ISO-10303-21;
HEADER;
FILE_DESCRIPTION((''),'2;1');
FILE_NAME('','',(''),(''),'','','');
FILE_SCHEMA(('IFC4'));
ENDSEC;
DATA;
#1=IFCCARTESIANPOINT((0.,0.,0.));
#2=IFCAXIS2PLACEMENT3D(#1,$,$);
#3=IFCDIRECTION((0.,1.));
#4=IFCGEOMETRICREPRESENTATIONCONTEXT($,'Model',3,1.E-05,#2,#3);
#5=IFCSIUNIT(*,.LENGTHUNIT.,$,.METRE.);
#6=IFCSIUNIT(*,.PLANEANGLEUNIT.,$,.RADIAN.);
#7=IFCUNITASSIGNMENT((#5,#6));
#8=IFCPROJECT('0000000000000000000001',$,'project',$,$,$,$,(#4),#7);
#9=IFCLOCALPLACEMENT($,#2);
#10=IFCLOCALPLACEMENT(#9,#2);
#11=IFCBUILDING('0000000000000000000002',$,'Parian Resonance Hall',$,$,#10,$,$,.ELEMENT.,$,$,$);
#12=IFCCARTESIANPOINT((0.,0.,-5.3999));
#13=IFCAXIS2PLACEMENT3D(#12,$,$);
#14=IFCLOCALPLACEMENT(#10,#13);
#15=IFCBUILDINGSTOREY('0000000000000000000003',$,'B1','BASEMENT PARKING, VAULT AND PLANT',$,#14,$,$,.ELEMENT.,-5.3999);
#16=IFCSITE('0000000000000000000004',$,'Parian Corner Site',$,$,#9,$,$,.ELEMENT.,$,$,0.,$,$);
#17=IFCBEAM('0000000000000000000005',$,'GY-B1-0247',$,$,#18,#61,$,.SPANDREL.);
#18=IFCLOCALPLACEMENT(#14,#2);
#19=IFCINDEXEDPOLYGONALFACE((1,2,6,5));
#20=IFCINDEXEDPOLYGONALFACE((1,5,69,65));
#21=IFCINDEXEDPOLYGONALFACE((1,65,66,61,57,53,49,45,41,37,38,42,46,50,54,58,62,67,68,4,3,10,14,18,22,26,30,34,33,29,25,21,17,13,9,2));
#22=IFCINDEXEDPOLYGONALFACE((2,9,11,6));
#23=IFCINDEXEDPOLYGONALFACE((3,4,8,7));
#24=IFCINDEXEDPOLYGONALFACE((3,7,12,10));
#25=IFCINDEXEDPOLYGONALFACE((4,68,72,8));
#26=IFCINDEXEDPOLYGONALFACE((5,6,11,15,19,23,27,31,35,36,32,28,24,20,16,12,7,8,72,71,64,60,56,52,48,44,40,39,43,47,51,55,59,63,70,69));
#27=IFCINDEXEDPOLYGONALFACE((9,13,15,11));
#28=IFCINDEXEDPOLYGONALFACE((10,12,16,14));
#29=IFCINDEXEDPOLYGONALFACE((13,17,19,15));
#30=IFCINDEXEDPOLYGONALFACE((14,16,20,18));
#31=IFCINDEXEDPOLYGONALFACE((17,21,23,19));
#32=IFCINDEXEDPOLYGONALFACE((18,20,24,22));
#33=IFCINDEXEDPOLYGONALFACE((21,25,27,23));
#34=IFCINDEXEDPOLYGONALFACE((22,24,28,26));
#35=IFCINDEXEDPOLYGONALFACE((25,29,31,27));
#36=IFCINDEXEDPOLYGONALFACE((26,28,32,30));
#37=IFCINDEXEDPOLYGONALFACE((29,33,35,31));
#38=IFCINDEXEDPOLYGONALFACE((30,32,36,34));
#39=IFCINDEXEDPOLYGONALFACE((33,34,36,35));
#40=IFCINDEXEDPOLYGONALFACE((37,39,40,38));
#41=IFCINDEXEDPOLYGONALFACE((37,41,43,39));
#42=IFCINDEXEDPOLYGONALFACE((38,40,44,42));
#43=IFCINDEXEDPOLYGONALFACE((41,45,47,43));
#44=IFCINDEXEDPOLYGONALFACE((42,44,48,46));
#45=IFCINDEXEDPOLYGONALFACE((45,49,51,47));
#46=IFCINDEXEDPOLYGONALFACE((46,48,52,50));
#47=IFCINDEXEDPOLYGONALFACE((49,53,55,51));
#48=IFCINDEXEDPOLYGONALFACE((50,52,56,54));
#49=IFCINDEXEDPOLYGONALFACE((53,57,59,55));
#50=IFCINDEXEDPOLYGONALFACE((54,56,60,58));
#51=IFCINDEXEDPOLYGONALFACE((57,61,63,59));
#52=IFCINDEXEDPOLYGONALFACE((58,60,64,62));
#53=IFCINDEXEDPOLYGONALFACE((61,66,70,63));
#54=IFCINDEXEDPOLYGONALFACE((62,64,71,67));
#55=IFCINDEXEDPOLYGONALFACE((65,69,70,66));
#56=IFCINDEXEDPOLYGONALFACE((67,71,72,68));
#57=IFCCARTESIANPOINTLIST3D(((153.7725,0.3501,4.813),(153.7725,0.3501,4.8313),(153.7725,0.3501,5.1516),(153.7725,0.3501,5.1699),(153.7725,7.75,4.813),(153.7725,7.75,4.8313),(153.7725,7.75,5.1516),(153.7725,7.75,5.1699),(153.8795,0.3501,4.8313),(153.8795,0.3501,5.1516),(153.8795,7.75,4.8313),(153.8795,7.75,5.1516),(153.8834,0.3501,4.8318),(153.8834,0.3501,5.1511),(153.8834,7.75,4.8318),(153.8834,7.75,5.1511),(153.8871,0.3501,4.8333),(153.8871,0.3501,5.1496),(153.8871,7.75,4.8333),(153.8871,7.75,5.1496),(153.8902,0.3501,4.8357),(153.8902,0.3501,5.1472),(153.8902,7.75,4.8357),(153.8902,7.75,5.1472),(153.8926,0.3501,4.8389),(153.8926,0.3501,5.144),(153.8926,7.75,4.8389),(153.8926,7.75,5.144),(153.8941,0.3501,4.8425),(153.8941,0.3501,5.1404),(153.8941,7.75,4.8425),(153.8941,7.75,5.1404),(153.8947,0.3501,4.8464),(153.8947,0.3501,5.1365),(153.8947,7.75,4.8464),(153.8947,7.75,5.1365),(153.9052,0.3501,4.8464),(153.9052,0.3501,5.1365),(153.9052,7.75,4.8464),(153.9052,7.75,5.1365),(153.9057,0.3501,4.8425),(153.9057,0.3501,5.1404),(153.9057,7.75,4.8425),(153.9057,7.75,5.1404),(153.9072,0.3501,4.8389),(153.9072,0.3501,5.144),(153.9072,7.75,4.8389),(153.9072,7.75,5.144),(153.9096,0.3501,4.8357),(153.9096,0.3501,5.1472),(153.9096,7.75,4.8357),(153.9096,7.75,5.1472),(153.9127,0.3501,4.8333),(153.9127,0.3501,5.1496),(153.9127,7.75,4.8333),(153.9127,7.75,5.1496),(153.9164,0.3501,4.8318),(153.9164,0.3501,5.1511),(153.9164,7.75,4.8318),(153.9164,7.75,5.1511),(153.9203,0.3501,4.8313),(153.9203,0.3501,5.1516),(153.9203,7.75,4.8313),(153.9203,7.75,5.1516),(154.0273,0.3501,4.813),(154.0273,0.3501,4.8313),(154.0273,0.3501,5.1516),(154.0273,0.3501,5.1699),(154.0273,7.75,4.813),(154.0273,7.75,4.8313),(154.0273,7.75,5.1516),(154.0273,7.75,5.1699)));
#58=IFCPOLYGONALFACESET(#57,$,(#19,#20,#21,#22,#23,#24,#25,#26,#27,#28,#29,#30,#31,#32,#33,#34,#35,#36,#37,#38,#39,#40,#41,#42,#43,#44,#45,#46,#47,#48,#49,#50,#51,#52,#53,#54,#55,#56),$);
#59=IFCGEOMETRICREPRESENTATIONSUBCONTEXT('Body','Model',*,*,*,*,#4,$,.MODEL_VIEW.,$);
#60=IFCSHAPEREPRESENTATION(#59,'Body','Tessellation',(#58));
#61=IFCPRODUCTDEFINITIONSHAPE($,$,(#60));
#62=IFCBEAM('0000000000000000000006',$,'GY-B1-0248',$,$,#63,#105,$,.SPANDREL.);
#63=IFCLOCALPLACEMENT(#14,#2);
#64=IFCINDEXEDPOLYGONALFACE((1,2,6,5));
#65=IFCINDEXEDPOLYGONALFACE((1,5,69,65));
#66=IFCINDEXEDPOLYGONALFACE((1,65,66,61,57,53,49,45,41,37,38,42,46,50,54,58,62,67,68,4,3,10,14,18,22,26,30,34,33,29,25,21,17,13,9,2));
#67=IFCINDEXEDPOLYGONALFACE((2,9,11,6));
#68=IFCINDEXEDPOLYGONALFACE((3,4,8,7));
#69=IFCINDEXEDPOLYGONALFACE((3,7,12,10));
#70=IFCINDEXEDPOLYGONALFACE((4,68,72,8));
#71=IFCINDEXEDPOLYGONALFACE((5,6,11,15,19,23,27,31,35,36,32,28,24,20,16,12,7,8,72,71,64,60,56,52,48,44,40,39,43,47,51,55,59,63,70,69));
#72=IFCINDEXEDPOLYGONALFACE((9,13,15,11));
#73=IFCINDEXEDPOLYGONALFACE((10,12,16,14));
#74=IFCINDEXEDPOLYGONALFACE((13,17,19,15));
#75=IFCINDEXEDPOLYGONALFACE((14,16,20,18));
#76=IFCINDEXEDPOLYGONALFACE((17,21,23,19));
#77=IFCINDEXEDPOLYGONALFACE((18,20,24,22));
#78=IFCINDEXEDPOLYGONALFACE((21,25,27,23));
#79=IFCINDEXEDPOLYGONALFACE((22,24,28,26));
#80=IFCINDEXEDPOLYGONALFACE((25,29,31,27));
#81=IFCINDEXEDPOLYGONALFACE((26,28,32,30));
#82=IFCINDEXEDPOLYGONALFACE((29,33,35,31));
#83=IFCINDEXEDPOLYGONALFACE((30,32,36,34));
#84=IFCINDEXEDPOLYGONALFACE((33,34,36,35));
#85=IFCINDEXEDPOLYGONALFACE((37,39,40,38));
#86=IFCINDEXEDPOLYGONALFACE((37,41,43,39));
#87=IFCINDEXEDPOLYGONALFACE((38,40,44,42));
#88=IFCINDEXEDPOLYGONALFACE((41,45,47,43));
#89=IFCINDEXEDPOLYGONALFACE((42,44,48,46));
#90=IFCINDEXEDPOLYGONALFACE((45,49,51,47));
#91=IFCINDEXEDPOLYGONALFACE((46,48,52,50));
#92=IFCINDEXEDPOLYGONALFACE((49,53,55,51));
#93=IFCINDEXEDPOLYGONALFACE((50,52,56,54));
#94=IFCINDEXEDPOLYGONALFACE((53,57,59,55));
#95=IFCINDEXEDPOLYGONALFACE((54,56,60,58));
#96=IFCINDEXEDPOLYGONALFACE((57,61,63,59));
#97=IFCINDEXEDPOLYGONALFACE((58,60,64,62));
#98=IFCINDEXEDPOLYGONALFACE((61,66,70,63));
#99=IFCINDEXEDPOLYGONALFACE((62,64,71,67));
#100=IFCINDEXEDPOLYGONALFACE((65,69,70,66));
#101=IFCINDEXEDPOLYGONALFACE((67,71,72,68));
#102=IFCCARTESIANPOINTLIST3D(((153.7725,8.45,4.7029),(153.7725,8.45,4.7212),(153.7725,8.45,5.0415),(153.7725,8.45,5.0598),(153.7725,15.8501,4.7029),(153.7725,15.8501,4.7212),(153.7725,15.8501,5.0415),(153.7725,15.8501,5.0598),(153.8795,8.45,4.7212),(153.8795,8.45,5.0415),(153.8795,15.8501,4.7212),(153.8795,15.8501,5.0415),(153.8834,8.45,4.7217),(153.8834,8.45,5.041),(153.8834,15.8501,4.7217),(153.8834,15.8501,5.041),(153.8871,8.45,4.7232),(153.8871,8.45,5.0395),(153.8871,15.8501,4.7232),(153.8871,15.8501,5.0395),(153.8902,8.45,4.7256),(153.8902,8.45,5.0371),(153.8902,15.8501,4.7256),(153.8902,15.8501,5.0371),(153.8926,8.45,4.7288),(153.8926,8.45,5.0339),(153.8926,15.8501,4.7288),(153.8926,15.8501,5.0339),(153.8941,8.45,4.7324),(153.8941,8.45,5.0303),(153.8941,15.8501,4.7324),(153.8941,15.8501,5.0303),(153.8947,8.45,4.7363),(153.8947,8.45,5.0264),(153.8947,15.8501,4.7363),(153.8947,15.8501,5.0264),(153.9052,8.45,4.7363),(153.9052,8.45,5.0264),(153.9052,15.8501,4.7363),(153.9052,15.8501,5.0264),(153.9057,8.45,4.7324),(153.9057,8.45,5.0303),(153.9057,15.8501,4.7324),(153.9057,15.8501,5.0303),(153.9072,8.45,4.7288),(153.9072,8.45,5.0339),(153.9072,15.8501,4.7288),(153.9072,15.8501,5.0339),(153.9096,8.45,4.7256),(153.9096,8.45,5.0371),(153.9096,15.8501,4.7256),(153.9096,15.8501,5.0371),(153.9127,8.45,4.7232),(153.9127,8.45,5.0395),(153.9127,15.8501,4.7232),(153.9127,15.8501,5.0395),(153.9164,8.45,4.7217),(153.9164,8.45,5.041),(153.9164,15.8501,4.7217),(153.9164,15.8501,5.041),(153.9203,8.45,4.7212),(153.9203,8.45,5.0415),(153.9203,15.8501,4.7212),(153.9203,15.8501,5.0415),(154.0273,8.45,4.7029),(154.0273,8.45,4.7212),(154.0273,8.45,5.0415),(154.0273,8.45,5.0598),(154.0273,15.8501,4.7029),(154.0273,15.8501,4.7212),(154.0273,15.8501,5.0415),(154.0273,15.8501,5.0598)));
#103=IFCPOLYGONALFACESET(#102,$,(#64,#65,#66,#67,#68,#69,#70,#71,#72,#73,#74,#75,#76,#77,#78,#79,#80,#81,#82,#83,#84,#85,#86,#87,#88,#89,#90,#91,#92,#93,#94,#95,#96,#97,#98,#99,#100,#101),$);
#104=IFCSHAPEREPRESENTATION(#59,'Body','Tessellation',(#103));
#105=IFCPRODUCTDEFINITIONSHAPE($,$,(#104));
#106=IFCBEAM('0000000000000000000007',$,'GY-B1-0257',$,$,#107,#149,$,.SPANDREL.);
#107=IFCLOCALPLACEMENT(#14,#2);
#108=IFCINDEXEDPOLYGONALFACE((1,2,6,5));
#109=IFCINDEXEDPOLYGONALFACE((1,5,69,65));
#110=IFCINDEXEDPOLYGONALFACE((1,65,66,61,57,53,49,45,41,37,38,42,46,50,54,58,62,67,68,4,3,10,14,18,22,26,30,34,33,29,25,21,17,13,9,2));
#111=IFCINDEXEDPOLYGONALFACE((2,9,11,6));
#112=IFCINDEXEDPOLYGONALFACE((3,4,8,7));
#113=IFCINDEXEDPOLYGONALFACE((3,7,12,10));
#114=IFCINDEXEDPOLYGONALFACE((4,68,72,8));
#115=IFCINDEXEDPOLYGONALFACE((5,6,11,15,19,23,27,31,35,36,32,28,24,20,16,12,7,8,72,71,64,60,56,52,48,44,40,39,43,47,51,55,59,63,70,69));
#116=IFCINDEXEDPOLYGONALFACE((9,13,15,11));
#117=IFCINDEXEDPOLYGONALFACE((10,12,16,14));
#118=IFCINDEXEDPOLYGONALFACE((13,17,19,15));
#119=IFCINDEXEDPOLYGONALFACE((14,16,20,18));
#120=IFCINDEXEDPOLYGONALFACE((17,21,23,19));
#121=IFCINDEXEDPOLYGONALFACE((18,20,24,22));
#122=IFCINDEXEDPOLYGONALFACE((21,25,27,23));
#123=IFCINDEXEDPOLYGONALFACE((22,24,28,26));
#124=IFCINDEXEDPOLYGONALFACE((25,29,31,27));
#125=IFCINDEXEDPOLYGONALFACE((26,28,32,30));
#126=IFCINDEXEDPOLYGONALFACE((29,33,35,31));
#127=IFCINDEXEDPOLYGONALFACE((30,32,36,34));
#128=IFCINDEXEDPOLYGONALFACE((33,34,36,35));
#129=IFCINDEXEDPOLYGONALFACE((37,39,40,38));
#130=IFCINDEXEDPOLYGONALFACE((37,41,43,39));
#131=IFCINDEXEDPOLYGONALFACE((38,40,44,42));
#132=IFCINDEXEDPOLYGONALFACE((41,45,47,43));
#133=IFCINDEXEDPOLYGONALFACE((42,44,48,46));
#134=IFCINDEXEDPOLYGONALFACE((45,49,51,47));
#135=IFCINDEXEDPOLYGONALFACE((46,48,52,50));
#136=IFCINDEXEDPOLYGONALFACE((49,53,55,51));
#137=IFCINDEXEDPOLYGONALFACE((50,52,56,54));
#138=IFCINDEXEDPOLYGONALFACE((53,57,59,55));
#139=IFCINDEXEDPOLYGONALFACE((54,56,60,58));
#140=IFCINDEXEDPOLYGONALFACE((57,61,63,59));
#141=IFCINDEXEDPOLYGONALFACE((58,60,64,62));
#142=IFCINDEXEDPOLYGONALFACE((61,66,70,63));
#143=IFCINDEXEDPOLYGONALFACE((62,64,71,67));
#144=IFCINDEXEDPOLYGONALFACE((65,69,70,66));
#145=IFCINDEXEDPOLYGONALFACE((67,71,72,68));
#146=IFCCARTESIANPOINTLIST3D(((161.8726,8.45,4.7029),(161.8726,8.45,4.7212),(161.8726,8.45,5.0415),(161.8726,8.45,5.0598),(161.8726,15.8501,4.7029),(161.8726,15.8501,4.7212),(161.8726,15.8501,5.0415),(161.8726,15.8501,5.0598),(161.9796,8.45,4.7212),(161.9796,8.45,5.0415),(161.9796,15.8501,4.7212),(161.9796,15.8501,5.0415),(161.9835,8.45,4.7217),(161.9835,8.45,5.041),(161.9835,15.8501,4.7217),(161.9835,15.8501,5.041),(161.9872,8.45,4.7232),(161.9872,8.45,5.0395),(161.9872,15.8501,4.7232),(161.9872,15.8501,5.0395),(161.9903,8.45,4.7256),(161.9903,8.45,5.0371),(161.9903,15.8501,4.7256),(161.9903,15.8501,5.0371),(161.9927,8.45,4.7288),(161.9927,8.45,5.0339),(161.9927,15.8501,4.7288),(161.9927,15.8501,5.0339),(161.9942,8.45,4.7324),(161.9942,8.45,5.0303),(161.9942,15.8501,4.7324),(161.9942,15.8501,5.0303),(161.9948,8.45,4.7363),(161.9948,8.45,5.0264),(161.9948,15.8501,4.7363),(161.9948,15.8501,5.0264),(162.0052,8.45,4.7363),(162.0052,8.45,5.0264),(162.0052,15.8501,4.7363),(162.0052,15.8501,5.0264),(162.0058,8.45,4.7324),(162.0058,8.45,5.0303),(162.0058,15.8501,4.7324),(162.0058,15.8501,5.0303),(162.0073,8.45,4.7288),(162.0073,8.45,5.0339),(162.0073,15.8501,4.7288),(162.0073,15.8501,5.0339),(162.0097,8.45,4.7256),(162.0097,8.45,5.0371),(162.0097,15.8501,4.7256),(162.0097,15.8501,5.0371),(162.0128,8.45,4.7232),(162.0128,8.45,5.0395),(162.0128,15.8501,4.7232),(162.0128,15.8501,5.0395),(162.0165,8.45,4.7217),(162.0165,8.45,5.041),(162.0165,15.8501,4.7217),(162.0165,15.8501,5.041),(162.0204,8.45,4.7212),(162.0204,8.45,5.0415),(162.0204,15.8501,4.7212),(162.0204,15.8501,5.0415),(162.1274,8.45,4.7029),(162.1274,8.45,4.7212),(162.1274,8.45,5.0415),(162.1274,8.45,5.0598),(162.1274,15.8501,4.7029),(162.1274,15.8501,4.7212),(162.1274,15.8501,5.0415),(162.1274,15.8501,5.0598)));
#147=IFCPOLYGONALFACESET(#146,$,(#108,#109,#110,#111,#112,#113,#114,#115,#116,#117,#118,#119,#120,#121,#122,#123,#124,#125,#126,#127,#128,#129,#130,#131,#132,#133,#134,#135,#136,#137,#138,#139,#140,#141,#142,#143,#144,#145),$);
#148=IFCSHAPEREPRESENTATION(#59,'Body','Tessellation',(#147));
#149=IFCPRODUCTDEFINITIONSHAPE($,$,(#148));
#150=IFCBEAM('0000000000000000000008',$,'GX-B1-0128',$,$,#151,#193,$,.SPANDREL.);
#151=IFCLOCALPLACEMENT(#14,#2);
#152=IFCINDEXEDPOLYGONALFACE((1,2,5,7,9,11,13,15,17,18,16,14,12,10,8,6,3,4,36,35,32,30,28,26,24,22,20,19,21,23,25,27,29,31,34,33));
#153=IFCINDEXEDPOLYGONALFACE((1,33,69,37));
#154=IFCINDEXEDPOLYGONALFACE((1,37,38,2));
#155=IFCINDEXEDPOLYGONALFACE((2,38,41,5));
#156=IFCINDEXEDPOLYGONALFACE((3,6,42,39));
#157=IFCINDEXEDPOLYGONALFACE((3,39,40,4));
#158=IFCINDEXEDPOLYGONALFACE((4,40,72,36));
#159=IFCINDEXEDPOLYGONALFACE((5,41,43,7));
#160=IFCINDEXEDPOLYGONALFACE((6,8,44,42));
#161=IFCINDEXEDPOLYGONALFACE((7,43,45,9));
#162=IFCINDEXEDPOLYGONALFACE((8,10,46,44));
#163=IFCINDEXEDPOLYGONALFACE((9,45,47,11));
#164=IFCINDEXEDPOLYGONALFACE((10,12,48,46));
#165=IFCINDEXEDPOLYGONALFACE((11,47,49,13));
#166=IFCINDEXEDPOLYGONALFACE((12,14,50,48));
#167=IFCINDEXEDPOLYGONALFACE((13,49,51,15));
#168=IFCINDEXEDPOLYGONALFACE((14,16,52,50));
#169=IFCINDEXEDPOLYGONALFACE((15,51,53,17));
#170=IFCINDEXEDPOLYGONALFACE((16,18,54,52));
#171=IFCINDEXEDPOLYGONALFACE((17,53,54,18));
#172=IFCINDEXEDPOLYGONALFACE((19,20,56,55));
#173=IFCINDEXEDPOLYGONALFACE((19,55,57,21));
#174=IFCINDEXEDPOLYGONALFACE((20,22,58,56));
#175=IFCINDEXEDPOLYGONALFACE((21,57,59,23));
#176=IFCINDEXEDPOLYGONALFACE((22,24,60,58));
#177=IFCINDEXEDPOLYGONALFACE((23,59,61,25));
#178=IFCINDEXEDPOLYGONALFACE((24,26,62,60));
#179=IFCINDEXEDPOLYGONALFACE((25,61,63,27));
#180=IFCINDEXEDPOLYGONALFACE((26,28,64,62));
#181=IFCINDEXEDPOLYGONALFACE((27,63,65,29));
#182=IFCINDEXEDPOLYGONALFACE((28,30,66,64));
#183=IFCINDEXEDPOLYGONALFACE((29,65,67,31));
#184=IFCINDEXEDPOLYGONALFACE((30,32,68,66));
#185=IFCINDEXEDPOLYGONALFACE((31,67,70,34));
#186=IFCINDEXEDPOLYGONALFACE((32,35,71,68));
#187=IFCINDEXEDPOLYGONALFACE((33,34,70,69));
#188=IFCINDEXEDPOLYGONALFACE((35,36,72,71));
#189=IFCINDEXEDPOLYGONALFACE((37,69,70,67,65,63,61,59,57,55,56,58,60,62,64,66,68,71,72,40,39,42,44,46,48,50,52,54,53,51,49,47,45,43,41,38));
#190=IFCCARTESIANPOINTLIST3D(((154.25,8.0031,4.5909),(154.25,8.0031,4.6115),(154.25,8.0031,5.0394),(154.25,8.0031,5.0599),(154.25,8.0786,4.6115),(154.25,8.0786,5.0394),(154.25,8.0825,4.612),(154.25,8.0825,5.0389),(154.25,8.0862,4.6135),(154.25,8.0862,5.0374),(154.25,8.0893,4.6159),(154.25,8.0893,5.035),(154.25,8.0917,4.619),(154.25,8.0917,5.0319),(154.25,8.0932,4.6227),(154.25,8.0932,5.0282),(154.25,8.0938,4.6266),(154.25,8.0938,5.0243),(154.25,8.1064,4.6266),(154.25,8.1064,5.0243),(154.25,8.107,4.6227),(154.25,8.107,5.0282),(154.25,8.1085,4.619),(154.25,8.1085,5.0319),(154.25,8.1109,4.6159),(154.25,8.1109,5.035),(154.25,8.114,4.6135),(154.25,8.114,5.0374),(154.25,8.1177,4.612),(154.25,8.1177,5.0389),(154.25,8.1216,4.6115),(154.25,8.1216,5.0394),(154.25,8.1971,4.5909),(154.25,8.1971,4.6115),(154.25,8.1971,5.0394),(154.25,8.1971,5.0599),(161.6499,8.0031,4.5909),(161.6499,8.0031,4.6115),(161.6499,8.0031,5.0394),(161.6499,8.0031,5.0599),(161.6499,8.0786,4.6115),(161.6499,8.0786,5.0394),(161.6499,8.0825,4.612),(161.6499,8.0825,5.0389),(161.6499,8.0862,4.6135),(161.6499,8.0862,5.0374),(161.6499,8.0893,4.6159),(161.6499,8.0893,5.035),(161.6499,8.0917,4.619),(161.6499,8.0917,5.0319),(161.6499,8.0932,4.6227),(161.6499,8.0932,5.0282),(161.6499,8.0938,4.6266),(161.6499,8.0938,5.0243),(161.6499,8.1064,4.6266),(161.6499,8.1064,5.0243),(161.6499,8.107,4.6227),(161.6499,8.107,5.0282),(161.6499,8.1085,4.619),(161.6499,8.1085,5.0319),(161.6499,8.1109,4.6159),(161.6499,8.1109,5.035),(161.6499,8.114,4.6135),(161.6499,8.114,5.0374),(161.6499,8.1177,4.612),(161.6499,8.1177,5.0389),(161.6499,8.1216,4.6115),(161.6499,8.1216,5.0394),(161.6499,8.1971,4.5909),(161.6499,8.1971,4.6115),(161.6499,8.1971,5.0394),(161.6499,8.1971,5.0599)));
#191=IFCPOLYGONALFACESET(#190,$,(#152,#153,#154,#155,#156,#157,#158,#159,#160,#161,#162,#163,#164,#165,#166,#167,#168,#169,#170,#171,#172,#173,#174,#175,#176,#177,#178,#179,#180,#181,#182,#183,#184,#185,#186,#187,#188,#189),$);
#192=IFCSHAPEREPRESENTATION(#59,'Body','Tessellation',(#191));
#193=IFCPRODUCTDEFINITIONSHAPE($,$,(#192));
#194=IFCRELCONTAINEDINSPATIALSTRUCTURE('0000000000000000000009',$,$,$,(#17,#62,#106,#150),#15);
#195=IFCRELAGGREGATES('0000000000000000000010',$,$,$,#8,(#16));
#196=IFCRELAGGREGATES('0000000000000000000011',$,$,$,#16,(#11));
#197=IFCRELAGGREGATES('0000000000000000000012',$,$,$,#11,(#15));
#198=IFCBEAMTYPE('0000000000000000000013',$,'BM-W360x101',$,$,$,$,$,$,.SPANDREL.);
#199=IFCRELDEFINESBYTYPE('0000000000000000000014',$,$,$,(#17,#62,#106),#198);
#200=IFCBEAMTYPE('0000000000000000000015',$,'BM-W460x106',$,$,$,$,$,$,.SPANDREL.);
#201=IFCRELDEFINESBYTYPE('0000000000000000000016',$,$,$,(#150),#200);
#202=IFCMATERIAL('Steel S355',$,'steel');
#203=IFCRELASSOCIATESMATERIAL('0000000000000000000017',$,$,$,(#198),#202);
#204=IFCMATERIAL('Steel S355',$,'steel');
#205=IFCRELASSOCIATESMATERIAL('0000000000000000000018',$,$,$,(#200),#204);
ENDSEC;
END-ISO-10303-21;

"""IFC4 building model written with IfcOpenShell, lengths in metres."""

from ifc_helpers import new_model, si_unit, direction, frame, origin, origin_2d, place, context, subcontext, project, spatial, i_section, extrude, material, material_profile, profile_set, type_object, element, save


model = new_model("IFC4")

# Units and contexts
model_context = context("Model", 3, precision=1e-05, world=origin(), true_north=direction((0.0, 1.0)))
body_context = subcontext(model_context, "Body", "Model", "MODEL_VIEW")
ifc_project = project(units=[si_unit("LENGTHUNIT", "METRE"), si_unit("PLANEANGLEUNIT", "RADIAN")], contexts=[model_context])

# Site, building, storey
site_placement = place(None, origin())
site = spatial("IfcSite", under=ifc_project, at=site_placement, Name="Parian Corner Site", CompositionType="ELEMENT", RefElevation=0.0)
building_placement = place(site_placement, origin())
building = spatial("IfcBuilding", under=site, at=building_placement, Name="Parian Resonance Hall", CompositionType="ELEMENT")
storey_placement = place(building_placement, frame((0.0, 0.0, -5.3999)))
storey = spatial("IfcBuildingStorey", under=building, at=storey_placement, Name="B1", Description="BASEMENT PARKING, VAULT AND PLANT", CompositionType="ELEMENT", Elevation=-5.3999)

# Beams
ifc_material_1 = material(Name="Steel S355", Category="steel")
ifc_material_profile_1 = material_profile(ifc_material_1, i_section(OverallWidth=0.2549, OverallDepth=0.3569, WebThickness=0.0105, FlangeThickness=0.0183, FilletRadius=0.0151, at=origin_2d()), Name="W360x101")
ifc_profile_set_1 = profile_set([ifc_material_profile_1], Name="Steel S355")
beam_type_1 = type_object("IfcBeamType", Name="BM-W360x101", PredefinedType="SPANDREL", material=ifc_profile_set_1)
beam_1_placement = place(storey_placement, frame((153.8999, 0.3501, 4.9915), z_axis=(0.0, 1.0, 0.0), x_axis=(-1.0, 0.0, 0.0)))
element("IfcBeam", 1, at=beam_1_placement, inside=storey, type_object=beam_type_1, Name="GY-B1-0247", PredefinedType="SPANDREL", context=body_context, shape_type="SweptSolid", body=[
    extrude(i_section(OverallWidth=0.2549, OverallDepth=0.3569, WebThickness=0.0105, FlangeThickness=0.0183, FilletRadius=0.0151, at=origin_2d()), origin(), (0.0, 0.0, 1.0), 7.3999),
])
for number, where, z_axis, x_axis, name in (
    (2, (153.8999, 8.45, 4.8813), (0.0, 1.0, 0.0), (-1.0, 0.0, 0.0), "GY-B1-0248"),
    (3, (162.0, 8.45, 4.8813), (0.0, 1.0, 0.0), (-1.0, 0.0, 0.0), "GY-B1-0257"),
):
    element("IfcBeam", number, at=place(storey_placement, frame(where, z_axis=z_axis, x_axis=x_axis)), inside=storey, type_object=beam_type_1, Name=name, PredefinedType="SPANDREL", context=body_context, shape_type="SweptSolid", body=[
        extrude(i_section(OverallWidth=0.2549, OverallDepth=0.3569, WebThickness=0.0105, FlangeThickness=0.0183, FilletRadius=0.0151, at=origin_2d()), origin(), (0.0, 0.0, 1.0), 7.4001),
    ])
ifc_material_2 = material(Name="Steel S355", Category="steel")
ifc_material_profile_2 = material_profile(ifc_material_2, i_section(OverallWidth=0.1941, OverallDepth=0.469, WebThickness=0.0127, FlangeThickness=0.0205, FilletRadius=0.0151, at=origin_2d()), Name="W460x106")
ifc_profile_set_2 = profile_set([ifc_material_profile_2], Name="Steel S355")
beam_type_2 = type_object("IfcBeamType", Name="BM-W460x106", PredefinedType="SPANDREL", material=ifc_profile_set_2)
beam_2_placement = place(storey_placement, frame((154.25, 8.1001, 4.8254), z_axis=(1.0, 0.0, 0.0), x_axis=(0.0, 1.0, 0.0)))
element("IfcBeam", 4, at=beam_2_placement, inside=storey, type_object=beam_type_2, Name="GX-B1-0128", PredefinedType="SPANDREL", context=body_context, shape_type="SweptSolid", body=[
    extrude(i_section(OverallWidth=0.1941, OverallDepth=0.469, WebThickness=0.0127, FlangeThickness=0.0205, FilletRadius=0.0151, at=origin_2d()), origin(), (0.0, 0.0, 1.0), 7.3999),
])

save(model, "model.ifc")
